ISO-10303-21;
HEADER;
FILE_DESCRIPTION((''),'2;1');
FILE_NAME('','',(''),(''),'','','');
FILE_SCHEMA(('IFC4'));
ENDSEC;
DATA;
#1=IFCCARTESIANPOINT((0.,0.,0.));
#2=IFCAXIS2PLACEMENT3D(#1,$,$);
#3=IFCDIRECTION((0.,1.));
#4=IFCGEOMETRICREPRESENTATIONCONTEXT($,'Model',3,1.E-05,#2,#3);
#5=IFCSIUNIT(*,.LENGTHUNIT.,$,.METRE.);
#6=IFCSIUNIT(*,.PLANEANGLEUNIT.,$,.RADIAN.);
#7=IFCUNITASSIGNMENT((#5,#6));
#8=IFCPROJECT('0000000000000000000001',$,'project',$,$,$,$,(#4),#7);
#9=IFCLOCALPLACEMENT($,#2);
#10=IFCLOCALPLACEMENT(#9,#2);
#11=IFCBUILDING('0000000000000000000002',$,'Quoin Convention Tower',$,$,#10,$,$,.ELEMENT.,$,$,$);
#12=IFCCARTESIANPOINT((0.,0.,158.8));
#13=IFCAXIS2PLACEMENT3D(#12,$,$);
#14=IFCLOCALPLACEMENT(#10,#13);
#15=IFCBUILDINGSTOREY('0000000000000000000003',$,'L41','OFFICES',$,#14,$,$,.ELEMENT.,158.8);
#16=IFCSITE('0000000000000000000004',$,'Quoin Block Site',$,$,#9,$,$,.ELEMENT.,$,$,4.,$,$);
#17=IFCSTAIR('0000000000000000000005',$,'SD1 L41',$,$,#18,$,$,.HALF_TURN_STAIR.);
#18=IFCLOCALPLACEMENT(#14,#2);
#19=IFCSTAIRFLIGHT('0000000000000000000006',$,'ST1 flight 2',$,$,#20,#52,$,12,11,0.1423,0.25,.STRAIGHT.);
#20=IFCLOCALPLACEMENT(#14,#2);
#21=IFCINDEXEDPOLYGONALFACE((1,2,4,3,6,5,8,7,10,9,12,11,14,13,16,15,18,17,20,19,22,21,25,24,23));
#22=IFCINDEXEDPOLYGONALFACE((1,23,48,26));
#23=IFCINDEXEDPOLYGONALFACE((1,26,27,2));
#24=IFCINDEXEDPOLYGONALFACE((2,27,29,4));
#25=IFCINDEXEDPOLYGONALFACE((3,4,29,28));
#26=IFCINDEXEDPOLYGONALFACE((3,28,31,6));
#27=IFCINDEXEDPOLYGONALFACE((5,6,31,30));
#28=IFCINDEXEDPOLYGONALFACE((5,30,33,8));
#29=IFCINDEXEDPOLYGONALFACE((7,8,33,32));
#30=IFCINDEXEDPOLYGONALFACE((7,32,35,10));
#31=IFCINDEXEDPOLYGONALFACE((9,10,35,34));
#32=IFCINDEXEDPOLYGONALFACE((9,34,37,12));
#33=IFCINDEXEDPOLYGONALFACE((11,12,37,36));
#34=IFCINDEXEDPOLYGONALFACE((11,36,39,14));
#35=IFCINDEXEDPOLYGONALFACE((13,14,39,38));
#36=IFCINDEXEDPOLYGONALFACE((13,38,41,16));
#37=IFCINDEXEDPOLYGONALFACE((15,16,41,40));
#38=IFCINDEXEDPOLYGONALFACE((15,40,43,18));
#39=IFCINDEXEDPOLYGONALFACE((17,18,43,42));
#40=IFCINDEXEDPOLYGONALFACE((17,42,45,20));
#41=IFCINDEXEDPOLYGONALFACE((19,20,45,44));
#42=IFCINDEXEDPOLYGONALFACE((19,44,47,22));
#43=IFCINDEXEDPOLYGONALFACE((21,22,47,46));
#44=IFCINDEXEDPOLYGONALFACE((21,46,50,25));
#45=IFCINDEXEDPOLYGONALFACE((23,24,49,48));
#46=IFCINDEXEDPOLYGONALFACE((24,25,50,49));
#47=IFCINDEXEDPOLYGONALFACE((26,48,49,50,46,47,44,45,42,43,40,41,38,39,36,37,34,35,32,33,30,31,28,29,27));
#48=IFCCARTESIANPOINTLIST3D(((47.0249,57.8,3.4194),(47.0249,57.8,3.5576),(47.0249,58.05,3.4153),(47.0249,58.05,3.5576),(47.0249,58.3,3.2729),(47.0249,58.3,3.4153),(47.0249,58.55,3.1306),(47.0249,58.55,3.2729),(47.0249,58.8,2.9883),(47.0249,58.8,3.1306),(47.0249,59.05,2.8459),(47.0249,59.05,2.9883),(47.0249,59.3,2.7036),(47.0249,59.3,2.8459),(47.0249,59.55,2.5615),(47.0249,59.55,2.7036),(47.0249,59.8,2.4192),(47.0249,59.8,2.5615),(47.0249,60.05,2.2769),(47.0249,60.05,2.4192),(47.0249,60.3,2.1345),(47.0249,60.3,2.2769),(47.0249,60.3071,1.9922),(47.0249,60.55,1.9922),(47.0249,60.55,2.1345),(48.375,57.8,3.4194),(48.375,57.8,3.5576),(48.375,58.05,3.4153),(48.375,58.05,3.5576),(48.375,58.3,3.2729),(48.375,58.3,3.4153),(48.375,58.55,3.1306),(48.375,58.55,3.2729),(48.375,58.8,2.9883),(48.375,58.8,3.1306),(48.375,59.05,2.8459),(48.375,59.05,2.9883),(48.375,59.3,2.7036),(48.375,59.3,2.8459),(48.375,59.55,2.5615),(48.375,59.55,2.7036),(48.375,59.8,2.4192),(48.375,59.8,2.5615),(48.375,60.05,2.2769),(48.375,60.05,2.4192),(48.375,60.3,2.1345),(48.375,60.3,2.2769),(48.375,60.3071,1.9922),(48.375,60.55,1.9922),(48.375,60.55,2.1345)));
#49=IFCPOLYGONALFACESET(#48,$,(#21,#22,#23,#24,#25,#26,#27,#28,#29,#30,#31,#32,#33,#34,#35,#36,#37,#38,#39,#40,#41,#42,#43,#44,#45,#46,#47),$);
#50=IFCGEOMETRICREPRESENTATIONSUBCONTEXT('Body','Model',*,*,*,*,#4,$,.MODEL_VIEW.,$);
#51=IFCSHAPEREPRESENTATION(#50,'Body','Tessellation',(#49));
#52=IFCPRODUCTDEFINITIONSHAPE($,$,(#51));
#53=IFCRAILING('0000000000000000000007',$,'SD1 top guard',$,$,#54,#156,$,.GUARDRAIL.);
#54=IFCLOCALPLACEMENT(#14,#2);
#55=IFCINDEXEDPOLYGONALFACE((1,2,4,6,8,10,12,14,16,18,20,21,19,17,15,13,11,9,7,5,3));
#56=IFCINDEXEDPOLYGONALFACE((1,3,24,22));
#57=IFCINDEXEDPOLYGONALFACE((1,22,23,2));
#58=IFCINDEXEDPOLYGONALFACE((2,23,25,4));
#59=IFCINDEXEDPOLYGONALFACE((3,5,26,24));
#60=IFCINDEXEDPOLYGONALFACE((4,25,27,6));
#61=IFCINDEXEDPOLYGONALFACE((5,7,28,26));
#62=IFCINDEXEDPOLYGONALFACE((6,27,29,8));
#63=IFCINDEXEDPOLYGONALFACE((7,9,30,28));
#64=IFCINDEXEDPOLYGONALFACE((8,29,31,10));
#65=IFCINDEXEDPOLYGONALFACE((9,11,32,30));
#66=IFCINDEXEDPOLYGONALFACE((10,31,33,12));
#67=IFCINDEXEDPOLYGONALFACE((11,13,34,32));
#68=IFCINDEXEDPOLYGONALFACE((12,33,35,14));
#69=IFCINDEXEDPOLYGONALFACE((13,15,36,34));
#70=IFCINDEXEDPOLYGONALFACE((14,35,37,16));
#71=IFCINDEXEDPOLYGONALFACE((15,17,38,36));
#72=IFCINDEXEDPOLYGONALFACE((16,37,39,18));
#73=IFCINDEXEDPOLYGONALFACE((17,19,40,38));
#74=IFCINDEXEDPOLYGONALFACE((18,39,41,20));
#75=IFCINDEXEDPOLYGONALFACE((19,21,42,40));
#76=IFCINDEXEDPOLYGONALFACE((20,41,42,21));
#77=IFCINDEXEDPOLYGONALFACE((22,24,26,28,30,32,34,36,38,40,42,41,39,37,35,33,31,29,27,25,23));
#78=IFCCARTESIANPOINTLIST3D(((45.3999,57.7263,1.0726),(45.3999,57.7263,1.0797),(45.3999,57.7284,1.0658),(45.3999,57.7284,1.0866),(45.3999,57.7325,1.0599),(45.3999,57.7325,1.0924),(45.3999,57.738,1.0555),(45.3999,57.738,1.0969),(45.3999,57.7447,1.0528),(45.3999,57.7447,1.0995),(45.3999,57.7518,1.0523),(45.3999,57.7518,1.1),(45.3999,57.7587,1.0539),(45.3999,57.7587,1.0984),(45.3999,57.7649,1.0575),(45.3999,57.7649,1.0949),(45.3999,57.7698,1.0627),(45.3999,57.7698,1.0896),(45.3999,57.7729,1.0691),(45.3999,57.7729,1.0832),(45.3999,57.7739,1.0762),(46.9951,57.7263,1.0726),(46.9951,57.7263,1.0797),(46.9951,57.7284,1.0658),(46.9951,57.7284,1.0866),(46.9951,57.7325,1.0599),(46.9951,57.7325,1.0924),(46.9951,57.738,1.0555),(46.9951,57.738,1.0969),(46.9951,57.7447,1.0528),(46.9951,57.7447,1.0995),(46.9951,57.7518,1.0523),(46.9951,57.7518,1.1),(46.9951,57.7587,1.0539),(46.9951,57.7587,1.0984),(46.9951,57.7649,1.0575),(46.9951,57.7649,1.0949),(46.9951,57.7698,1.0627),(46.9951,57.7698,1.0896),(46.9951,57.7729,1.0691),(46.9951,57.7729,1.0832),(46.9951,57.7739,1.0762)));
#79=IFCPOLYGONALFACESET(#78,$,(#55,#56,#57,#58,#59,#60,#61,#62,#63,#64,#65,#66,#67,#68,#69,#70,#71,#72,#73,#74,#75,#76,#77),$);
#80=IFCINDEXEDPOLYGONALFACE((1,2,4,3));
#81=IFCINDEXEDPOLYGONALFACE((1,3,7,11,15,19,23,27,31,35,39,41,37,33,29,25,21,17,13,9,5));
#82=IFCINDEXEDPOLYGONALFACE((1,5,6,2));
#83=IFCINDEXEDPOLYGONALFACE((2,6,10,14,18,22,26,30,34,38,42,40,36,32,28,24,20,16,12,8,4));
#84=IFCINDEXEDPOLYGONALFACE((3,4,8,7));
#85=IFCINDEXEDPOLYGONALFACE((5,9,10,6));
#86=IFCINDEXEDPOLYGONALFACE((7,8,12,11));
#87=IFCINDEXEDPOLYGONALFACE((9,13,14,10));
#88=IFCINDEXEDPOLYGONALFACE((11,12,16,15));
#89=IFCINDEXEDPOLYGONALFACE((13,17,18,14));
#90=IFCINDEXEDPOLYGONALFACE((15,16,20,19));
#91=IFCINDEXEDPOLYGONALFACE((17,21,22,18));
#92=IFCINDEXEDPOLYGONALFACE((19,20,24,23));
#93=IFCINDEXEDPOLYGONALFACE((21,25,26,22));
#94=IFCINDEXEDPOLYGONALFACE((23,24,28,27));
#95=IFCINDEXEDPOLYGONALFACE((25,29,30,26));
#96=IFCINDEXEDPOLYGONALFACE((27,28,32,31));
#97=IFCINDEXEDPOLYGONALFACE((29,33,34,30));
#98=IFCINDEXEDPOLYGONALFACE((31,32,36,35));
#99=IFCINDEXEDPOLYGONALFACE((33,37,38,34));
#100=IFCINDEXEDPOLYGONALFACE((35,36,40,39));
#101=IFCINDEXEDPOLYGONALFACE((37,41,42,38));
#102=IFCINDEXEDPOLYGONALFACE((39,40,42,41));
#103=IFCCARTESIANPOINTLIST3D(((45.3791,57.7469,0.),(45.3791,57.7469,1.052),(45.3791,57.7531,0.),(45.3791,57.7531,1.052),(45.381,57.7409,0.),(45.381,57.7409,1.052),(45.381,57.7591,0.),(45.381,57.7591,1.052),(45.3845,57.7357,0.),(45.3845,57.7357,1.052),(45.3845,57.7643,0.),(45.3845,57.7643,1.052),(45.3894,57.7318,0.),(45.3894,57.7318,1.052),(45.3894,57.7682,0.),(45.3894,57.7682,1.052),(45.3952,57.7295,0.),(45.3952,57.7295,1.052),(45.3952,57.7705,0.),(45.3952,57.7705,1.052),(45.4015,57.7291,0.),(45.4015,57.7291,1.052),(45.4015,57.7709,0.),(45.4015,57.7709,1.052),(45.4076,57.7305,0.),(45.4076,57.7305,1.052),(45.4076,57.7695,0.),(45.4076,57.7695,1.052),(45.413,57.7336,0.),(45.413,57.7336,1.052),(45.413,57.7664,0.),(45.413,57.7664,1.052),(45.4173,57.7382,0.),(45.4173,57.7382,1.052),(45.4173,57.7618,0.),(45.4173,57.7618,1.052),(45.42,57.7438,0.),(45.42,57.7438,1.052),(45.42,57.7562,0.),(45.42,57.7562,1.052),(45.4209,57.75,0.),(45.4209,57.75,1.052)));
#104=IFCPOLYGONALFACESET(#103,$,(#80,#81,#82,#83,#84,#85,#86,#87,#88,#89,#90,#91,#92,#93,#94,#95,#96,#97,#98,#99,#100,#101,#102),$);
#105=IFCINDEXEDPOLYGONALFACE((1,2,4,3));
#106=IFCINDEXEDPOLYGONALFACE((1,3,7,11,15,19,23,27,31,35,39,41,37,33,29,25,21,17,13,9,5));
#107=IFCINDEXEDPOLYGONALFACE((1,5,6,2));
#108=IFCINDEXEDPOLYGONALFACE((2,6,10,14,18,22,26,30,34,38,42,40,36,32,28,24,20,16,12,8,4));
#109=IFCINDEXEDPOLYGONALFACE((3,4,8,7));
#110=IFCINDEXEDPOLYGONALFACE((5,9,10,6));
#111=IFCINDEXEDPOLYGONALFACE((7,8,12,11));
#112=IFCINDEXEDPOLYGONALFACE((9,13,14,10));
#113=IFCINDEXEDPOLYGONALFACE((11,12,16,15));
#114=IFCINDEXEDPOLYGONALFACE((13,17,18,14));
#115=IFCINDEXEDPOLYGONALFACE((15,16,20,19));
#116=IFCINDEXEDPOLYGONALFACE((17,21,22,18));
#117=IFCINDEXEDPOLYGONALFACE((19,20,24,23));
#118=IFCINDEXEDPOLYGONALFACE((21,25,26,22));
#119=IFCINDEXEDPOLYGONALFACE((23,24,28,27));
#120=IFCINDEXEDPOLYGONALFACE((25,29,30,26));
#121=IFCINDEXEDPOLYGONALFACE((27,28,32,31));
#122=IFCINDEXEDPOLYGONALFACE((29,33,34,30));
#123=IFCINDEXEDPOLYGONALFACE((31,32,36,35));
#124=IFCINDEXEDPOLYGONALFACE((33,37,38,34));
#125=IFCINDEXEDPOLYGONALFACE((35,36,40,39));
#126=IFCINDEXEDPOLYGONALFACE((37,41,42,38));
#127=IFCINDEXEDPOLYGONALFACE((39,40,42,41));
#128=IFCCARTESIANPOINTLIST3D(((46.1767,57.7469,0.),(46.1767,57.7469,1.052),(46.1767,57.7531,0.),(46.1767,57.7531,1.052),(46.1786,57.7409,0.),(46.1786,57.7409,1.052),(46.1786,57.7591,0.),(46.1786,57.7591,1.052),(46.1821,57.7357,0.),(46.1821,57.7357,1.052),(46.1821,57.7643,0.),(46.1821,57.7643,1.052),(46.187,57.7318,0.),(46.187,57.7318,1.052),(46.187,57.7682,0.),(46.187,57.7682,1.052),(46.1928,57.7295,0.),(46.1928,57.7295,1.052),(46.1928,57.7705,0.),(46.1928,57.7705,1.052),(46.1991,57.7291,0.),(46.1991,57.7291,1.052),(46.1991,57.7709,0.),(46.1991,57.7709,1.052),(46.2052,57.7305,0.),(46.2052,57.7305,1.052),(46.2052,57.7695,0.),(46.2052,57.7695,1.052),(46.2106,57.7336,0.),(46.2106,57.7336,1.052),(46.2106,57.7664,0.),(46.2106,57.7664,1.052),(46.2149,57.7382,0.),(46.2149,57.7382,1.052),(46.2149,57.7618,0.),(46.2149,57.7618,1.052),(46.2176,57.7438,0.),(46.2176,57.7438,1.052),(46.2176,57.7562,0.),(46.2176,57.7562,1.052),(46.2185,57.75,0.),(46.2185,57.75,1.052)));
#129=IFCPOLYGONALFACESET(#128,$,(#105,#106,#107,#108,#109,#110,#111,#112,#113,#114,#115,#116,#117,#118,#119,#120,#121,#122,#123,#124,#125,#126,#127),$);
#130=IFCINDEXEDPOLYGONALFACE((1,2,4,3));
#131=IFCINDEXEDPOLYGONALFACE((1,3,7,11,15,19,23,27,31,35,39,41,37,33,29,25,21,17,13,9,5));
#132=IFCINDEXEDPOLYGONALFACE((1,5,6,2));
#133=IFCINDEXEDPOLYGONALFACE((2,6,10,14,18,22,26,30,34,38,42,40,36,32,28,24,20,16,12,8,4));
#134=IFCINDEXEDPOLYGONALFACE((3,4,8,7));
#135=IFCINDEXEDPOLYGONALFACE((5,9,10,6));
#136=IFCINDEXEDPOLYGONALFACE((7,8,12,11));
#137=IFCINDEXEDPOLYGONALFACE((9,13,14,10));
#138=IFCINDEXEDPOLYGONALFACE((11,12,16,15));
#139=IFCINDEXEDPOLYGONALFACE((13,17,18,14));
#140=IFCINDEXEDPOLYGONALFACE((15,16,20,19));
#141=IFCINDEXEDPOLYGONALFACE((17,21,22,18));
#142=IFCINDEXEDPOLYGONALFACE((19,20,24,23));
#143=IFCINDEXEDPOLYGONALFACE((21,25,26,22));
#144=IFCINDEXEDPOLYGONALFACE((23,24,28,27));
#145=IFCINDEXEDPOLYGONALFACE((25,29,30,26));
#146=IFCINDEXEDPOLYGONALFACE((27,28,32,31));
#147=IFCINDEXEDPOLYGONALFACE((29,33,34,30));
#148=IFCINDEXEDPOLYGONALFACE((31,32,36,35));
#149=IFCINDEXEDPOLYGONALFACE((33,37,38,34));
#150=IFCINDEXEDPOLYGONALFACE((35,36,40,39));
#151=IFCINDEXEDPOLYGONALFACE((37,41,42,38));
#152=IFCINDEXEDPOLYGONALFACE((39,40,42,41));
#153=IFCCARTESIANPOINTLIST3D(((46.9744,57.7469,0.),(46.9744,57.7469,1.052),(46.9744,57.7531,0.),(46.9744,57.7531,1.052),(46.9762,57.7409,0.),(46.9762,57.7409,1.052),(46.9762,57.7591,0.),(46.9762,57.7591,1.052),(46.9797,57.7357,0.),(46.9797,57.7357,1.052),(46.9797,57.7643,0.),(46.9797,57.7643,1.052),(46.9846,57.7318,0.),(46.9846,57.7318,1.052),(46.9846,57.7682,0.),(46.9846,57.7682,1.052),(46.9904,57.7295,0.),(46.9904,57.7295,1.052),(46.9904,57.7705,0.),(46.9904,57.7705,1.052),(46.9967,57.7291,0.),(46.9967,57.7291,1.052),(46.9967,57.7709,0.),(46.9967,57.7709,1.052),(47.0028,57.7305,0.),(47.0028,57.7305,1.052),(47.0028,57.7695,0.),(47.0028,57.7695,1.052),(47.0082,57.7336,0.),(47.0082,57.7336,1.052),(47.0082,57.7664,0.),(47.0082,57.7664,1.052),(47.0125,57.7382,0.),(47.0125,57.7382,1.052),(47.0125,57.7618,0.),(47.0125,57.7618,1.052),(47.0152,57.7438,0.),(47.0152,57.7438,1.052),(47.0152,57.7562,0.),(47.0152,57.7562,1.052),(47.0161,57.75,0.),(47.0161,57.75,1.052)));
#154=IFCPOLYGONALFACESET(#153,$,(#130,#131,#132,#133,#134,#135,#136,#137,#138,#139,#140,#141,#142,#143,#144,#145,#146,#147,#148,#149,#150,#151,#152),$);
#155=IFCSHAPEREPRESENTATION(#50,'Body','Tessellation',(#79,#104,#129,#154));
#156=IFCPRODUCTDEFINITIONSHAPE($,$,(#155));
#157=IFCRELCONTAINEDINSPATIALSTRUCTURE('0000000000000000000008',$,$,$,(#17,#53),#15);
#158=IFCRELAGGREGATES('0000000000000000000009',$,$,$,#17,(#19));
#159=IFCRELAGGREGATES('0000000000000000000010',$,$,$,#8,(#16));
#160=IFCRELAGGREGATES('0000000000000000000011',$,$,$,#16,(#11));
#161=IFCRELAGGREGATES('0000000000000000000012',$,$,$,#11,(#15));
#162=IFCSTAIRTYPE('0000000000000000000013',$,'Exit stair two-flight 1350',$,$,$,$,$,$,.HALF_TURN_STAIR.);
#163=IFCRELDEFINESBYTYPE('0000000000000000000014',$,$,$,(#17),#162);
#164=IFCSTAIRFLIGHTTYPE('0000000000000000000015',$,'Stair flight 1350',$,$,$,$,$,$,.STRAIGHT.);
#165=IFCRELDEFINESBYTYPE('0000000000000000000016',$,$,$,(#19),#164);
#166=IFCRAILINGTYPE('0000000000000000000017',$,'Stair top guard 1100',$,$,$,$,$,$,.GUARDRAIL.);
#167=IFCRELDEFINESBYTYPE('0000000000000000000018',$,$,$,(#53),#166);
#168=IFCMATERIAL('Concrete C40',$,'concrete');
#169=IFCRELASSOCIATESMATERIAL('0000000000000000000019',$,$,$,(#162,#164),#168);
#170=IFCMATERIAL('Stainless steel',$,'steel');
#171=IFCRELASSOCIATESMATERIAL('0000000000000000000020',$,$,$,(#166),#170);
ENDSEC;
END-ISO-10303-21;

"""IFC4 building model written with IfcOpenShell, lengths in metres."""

from ifc_helpers import new_model, si_unit, direction, frame, origin, origin_2d, place, context, subcontext, project, spatial, polyline, circle, outline, extrude, material, type_object, element, aggregate, save


model = new_model("IFC4")

# Units and contexts
model_context = context("Model", 3, precision=1e-05, world=origin(), true_north=direction((0.0, 1.0)))
body_context = subcontext(model_context, "Body", "Model", "MODEL_VIEW")
ifc_project = project(units=[si_unit("LENGTHUNIT", "METRE"), si_unit("PLANEANGLEUNIT", "RADIAN")], contexts=[model_context])

# Site, building, storey
site_placement = place(None, origin())
site = spatial("IfcSite", under=ifc_project, at=site_placement, Name="Quoin Block Site", CompositionType="ELEMENT", RefElevation=4.0)
building_placement = place(site_placement, origin())
building = spatial("IfcBuilding", under=site, at=building_placement, Name="Quoin Convention Tower", CompositionType="ELEMENT")
storey_placement = place(building_placement, frame((0.0, 0.0, 158.8)))
storey = spatial("IfcBuildingStorey", under=building, at=storey_placement, Name="L41", Description="OFFICES", CompositionType="ELEMENT", Elevation=158.8)

# Stair, stair flight
ifc_material_1 = material(Name="Concrete C40", Category="concrete")
stair_type = type_object("IfcStairType", Name="Exit stair two-flight 1350", PredefinedType="HALF_TURN_STAIR", material=ifc_material_1)
stair_placement = place(storey_placement, origin())
stair = element("IfcStair", 1, at=stair_placement, inside=storey, type_object=stair_type, Name="SD1 L41", PredefinedType="HALF_TURN_STAIR")
stair_flight_type = type_object("IfcStairFlightType", Name="Stair flight 1350", PredefinedType="STRAIGHT", material=ifc_material_1)
stair_flight_1_placement = place(storey_placement, frame((47.7, 60.55, 1.9922), z_axis=(0.0, 0.0, 1.0), x_axis=(0.0, -1.0, 0.0)))
stair_flight_1 = element("IfcStairFlight", 2, at=stair_flight_1_placement, type_object=stair_flight_type, Name="ST1 flight 2", NumberOfRisers=12, NumberOfTreads=11, PredefinedType="STRAIGHT", RiserHeight=0.1423, TreadLength=0.25, context=body_context, shape_type="SweptSolid", body=[
    extrude(outline(polyline([(0.0, 0.0), (0.0, 0.1423), (0.25, 0.1423), (0.25, 0.2847), (0.5, 0.2847), (0.5, 0.427), (0.75, 0.427), (0.75, 0.5693), (1.0, 0.5693), (1.0, 0.7114), (1.25, 0.7114), (1.25, 0.8538), (1.5, 0.8538), (1.5, 0.9961), (1.75, 0.9961), (1.75, 1.1384), (2.0, 1.1384), (2.0, 1.2808), (2.25, 1.2808), (2.25, 1.4231), (2.5, 1.4231), (2.5, 1.5654), (2.75, 1.5654), (2.75, 1.7078), (2.75, 1.4272), (0.2429, 0.0), (0.0, 0.0)])), frame((0.0, 0.675, 0.0), z_axis=(0.0, -1.0, 0.0), x_axis=(1.0, 0.0, 0.0)), (0.0, 0.0, 1.0), 1.3501),
])
aggregate(stair, [stair_flight_1])

# Railing
ifc_material_2 = material(Name="Stainless steel", Category="steel")
railing_type_1 = type_object("IfcRailingType", Name="Stair top guard 1100", PredefinedType="GUARDRAIL", material=ifc_material_2)
railing_1_placement = place(storey_placement, frame((45.3999, 57.75, 0.0)))
element("IfcRailing", 3, at=railing_1_placement, inside=storey, type_object=railing_type_1, Name="SD1 top guard", PredefinedType="GUARDRAIL", context=body_context, shape_type="SweptSolid", body=[
    extrude(circle(Radius=0.0239, at=origin_2d()), frame((0.0, 0.0, 1.0762), z_axis=(1.0, 0.0, 0.0), x_axis=(0.0, 1.0, 0.0)), (0.0, 0.0, 1.0), 1.5952),
    extrude(circle(Radius=0.021, at=origin_2d()), origin(), (0.0, 0.0, 1.0), 1.052),
    extrude(circle(Radius=0.021, at=origin_2d()), frame((0.7976, 0.0, 0.0)), (0.0, 0.0, 1.0), 1.052),
    extrude(circle(Radius=0.021, at=origin_2d()), frame((1.5952, 0.0, 0.0)), (0.0, 0.0, 1.0), 1.052),
])

save(model, "model.ifc")
